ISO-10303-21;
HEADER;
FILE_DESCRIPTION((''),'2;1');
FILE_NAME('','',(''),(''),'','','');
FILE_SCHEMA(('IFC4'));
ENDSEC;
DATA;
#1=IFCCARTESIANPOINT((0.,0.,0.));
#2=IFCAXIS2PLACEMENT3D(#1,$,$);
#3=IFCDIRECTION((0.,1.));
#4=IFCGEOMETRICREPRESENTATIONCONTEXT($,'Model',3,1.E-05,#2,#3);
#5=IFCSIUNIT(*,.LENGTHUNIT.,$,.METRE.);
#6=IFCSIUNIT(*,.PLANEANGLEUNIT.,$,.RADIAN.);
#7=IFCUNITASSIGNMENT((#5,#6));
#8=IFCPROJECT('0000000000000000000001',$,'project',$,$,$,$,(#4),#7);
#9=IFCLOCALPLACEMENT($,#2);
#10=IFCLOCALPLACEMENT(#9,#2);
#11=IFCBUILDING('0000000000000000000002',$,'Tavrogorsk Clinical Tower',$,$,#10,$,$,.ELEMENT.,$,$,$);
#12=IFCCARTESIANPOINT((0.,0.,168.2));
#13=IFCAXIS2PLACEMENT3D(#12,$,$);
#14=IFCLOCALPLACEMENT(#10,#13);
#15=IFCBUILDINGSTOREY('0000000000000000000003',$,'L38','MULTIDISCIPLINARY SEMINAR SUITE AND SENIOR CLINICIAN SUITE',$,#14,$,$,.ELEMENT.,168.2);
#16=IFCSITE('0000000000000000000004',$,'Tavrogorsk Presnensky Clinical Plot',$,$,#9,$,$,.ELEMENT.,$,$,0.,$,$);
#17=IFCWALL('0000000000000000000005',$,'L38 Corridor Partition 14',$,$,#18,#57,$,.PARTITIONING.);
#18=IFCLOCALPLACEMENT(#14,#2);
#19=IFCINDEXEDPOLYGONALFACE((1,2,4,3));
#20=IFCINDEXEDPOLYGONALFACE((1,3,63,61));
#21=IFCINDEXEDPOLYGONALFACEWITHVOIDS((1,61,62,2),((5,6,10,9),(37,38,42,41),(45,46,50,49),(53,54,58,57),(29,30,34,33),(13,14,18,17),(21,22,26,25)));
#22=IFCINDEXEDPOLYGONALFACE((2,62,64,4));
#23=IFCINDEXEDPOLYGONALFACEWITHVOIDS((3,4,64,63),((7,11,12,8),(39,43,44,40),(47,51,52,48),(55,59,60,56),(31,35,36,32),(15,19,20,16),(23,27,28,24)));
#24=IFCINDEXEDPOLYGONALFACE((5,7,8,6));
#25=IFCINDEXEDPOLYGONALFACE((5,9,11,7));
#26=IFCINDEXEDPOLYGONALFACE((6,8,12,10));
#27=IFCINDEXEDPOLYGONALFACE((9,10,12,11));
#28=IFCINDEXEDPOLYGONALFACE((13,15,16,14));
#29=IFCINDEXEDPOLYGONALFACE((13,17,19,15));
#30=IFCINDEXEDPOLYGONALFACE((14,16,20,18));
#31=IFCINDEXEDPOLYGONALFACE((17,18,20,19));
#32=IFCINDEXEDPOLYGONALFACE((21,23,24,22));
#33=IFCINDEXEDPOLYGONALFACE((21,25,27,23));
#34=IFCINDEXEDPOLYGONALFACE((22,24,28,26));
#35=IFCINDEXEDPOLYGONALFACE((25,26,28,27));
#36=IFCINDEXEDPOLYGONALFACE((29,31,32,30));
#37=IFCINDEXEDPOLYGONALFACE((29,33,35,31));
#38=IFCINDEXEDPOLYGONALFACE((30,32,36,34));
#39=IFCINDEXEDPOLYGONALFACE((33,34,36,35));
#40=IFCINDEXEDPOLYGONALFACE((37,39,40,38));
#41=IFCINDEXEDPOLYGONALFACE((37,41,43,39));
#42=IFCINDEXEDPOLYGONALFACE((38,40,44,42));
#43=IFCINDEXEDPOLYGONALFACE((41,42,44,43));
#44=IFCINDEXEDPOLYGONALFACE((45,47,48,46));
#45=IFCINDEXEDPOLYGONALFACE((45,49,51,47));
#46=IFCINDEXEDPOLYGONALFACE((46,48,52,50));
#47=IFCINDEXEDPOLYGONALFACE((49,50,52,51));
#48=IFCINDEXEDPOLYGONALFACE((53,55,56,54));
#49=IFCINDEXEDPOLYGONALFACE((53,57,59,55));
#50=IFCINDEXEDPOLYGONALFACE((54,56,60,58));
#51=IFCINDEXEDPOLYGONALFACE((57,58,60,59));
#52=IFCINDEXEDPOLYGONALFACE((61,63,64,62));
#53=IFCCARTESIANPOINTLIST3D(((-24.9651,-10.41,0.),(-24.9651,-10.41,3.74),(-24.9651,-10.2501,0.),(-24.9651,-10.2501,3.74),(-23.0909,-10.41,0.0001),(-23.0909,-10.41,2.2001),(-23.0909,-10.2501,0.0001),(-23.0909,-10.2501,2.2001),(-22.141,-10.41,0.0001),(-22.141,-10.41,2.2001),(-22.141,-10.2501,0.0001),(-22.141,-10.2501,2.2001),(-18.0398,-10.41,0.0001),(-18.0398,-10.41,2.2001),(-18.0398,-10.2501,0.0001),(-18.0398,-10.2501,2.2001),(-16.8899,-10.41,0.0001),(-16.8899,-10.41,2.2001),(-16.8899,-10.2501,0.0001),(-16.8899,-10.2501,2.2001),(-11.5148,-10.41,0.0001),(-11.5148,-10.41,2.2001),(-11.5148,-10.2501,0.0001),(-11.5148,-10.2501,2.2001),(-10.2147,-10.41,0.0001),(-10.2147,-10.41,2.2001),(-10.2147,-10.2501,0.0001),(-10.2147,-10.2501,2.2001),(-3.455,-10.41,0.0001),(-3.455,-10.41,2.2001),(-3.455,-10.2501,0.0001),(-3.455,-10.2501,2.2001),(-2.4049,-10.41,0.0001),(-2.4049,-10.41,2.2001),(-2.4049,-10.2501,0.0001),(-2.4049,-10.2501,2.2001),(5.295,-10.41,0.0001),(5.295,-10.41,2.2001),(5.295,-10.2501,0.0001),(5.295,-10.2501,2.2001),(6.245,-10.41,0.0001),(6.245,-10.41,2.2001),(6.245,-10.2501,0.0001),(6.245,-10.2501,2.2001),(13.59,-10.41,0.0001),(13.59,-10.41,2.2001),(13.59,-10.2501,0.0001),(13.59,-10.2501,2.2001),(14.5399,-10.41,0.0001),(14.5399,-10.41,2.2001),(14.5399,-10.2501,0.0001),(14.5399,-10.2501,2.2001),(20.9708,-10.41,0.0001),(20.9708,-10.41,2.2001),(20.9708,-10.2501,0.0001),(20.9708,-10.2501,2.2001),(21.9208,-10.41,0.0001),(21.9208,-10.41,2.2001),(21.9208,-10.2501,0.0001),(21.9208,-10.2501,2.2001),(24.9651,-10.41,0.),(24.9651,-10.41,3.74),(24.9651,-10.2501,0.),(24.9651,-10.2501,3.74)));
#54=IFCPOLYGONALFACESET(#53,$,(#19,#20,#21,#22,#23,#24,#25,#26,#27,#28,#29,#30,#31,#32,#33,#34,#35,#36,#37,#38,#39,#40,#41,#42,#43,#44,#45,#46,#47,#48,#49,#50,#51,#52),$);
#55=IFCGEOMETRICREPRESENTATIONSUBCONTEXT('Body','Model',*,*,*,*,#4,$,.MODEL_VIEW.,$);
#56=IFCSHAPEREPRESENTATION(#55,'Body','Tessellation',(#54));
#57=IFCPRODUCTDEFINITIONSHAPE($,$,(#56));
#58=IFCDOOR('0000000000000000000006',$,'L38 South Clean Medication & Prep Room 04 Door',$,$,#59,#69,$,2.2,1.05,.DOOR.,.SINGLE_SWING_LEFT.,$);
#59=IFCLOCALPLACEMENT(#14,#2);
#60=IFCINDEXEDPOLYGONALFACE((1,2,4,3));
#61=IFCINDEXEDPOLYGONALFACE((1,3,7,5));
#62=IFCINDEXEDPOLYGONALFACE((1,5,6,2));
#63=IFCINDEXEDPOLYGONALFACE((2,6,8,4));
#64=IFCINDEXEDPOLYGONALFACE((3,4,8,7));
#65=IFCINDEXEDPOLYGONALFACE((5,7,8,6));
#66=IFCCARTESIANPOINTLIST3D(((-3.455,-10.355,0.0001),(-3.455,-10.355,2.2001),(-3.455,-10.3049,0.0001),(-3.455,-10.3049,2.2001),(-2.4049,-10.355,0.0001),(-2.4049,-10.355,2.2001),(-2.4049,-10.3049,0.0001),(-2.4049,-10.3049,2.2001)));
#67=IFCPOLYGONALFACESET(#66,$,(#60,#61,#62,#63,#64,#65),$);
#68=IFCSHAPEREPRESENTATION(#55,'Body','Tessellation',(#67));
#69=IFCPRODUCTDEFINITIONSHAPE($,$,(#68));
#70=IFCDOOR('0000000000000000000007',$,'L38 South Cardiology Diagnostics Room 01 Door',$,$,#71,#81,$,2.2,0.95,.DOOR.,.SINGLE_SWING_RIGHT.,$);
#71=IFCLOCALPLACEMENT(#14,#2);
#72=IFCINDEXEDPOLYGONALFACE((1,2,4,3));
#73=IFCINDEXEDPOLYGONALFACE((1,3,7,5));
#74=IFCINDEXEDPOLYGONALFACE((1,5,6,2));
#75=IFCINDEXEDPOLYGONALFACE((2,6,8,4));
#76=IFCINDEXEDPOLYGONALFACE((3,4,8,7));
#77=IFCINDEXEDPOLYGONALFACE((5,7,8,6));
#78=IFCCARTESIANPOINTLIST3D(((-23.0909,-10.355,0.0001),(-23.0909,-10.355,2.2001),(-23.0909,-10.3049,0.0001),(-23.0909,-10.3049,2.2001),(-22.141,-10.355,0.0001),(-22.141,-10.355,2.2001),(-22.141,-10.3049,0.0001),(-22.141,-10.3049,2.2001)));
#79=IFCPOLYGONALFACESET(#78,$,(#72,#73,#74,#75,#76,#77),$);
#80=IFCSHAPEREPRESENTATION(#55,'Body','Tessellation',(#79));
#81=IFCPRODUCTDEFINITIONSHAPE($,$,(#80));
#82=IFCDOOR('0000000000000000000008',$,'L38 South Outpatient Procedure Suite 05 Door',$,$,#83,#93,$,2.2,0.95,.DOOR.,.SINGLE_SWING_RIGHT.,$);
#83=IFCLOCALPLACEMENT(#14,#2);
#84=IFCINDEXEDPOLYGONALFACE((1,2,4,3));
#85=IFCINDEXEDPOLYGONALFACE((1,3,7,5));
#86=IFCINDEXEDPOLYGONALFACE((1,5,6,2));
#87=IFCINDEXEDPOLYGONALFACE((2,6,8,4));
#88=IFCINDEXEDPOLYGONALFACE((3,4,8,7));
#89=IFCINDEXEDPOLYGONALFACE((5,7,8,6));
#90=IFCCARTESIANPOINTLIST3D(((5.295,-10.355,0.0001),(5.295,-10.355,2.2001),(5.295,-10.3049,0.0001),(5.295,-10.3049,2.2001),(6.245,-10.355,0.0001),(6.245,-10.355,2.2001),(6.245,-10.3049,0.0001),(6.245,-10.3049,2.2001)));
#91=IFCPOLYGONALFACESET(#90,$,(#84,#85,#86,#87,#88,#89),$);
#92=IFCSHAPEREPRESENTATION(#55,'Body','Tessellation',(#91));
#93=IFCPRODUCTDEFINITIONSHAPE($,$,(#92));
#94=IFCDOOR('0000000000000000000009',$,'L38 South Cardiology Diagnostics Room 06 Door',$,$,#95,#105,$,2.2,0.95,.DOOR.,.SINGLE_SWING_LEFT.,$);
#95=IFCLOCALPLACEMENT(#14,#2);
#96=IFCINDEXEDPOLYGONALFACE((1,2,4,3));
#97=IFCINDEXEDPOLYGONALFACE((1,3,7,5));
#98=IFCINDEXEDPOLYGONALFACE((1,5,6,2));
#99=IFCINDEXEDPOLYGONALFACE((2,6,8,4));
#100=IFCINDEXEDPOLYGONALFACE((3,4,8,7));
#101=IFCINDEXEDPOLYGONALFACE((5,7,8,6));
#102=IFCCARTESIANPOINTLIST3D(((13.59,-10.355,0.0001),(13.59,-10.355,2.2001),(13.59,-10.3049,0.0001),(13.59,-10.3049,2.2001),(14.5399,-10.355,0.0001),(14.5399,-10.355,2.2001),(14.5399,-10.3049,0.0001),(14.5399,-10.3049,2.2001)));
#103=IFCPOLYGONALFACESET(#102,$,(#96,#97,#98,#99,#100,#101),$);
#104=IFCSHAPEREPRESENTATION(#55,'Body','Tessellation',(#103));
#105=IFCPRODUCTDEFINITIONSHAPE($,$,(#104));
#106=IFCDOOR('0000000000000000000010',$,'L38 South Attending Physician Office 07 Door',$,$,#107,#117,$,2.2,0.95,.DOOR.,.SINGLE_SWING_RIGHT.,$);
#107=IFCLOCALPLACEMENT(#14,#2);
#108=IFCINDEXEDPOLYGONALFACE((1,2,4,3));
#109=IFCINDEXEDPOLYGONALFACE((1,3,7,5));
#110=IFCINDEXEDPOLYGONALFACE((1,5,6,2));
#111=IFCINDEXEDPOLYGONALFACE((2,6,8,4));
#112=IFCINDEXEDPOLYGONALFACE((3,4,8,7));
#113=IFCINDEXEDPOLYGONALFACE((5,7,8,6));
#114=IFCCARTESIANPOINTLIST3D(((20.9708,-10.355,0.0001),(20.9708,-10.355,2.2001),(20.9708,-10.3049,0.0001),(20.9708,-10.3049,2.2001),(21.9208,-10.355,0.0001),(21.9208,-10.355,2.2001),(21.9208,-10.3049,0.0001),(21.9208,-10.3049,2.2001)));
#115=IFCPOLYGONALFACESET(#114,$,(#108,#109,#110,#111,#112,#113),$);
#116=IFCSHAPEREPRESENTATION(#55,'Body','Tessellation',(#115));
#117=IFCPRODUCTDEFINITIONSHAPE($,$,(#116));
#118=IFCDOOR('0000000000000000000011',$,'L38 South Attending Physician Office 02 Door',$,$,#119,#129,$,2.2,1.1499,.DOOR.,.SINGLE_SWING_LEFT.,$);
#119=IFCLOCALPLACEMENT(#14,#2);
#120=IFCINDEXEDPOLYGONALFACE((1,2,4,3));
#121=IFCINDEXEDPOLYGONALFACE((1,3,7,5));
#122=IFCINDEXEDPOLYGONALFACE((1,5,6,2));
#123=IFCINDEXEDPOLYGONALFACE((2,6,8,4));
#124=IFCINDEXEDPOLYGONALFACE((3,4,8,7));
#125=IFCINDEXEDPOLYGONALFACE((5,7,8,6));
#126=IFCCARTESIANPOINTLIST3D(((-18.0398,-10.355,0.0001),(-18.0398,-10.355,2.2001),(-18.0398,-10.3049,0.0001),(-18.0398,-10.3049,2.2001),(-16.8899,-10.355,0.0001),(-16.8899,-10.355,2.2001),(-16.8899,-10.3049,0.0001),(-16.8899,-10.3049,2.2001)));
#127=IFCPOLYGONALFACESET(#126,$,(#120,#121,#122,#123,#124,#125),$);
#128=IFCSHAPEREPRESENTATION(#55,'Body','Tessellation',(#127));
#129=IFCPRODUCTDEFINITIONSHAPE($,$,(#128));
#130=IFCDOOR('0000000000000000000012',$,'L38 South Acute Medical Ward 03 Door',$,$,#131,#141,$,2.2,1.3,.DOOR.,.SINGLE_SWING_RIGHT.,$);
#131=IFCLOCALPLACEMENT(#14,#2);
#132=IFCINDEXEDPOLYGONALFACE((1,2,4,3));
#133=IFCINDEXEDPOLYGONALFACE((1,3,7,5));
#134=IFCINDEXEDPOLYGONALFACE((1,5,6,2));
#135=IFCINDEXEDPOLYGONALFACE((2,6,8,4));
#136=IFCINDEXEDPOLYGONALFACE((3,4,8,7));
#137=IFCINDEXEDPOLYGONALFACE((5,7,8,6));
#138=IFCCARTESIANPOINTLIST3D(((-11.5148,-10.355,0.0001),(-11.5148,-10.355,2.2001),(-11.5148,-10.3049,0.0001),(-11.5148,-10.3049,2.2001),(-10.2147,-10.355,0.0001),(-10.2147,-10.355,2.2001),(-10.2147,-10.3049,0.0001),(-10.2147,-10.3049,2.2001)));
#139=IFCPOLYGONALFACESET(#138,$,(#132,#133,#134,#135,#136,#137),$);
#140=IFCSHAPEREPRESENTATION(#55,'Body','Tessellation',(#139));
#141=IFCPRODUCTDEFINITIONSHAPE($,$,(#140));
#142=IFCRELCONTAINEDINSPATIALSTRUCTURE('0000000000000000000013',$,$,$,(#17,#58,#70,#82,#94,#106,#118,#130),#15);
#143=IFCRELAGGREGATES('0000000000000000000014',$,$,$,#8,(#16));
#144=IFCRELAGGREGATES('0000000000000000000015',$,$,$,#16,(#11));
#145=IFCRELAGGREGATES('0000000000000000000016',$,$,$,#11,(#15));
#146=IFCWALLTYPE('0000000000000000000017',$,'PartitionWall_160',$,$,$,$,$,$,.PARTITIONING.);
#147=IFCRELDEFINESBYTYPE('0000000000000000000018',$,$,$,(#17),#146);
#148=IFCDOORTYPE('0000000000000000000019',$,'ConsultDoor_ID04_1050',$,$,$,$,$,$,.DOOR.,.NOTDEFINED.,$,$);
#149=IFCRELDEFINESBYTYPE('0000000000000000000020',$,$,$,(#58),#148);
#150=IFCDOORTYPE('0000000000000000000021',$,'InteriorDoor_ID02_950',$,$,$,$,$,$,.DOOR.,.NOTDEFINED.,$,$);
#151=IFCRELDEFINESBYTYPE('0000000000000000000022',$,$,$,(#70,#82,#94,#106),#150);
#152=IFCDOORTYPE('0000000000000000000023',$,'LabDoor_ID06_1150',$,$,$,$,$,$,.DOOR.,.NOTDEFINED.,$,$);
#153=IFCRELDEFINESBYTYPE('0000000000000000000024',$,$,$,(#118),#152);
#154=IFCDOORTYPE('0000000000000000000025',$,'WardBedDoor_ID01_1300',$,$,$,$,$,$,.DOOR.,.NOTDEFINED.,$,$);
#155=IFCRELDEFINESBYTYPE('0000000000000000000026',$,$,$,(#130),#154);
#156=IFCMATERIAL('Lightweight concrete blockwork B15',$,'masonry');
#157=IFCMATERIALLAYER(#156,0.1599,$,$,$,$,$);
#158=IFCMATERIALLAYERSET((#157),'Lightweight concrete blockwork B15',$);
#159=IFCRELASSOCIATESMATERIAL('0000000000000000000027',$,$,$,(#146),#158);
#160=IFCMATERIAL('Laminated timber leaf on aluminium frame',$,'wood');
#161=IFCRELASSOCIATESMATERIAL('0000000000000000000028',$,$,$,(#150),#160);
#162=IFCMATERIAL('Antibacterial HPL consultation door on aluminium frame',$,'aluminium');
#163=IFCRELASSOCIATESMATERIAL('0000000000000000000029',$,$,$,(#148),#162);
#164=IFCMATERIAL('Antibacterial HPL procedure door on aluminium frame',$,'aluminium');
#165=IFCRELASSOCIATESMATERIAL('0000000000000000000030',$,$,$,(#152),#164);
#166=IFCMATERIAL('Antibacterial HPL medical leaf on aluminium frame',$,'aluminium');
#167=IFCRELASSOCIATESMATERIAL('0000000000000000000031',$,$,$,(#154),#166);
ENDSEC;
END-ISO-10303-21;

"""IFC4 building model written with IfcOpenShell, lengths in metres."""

from ifc_helpers import new_model, si_unit, direction, frame, frame_2d, origin, place, context, subcontext, project, spatial, rectangle, extrude, material, layer, layer_set, type_object, element, fill, save


model = new_model("IFC4")

# Units and contexts
model_context = context("Model", 3, precision=1e-05, world=origin(), true_north=direction((0.0, 1.0)))
body_context = subcontext(model_context, "Body", "Model", "MODEL_VIEW")
ifc_project = project(units=[si_unit("LENGTHUNIT", "METRE"), si_unit("PLANEANGLEUNIT", "RADIAN")], contexts=[model_context])

# Site, building, storey
site_placement = place(None, origin())
site = spatial("IfcSite", under=ifc_project, at=site_placement, Name="Tavrogorsk Presnensky Clinical Plot", CompositionType="ELEMENT", RefElevation=0.0)
building_placement = place(site_placement, origin())
building = spatial("IfcBuilding", under=site, at=building_placement, Name="Tavrogorsk Clinical Tower", CompositionType="ELEMENT")
storey_placement = place(building_placement, frame((0.0, 0.0, 168.2)))
storey = spatial("IfcBuildingStorey", under=building, at=storey_placement, Name="L38", Description="MULTIDISCIPLINARY SEMINAR SUITE AND SENIOR CLINICIAN SUITE", CompositionType="ELEMENT", Elevation=168.2)

# Shared definitions
ifc_material_1 = material(Name="Lightweight concrete blockwork B15", Category="masonry")
ifc_layer = layer(ifc_material_1, 0.1599)
ifc_layer_set = layer_set([ifc_layer], Name="Lightweight concrete blockwork B15")
wall_type = type_object("IfcWallType", Name="PartitionWall_160", PredefinedType="PARTITIONING", material=ifc_layer_set)
ifc_material_2 = material(Name="Laminated timber leaf on aluminium frame", Category="wood")
door_type_1 = type_object("IfcDoorType", Name="InteriorDoor_ID02_950", OperationType="NOTDEFINED", PredefinedType="DOOR", material=ifc_material_2)

# Wall, openings, doors
wall_1_placement = place(storey_placement, frame((24.9651, -10.3301, 0.0), z_axis=(0.0, 0.0, 1.0), x_axis=(-1.0, 0.0, 0.0)))
wall_1 = element("IfcWall", 1, at=wall_1_placement, inside=storey, type_object=wall_type, Name="L38 Corridor Partition 14", PredefinedType="PARTITIONING", context=body_context, shape_type="SweptSolid", body=[
    extrude(rectangle(XDim=49.9302, YDim=0.1599, at=frame_2d((24.9651, 0.0))), origin(), (0.0, 0.0, 1.0), 3.74),
])
opening_1_placement = place(wall_1_placement, frame((47.106, 0.0, 0.0)))
opening_1 = element("IfcOpeningElement", 2, at=opening_1_placement, cuts=wall_1, PredefinedType="OPENING", context=body_context, shape_type="SweptSolid", body=[
    extrude(rectangle(XDim=0.95, YDim=2.2, at=frame_2d((0.4751, 1.1001))), frame((0.0, 0.0898, 0.0), z_axis=(0.0, -1.0, 0.0), x_axis=(1.0, 0.0, 0.0)), (0.0, 0.0, 1.0), 0.1799),
])
opening_2_placement = place(wall_1_placement, frame((41.855, 0.0, 0.0)))
opening_2 = element("IfcOpeningElement", 3, at=opening_2_placement, cuts=wall_1, PredefinedType="OPENING", context=body_context, shape_type="SweptSolid", body=[
    extrude(rectangle(XDim=1.1499, YDim=2.2, at=frame_2d((0.575, 1.1001))), frame((0.0, 0.0898, 0.0), z_axis=(0.0, -1.0, 0.0), x_axis=(1.0, 0.0, 0.0)), (0.0, 0.0, 1.0), 0.1799),
])
opening_3_placement = place(wall_1_placement, frame((35.1799, 0.0, 0.0)))
opening_3 = element("IfcOpeningElement", 4, at=opening_3_placement, cuts=wall_1, PredefinedType="OPENING", context=body_context, shape_type="SweptSolid", body=[
    extrude(rectangle(XDim=1.3, YDim=2.2, at=frame_2d((0.6499, 1.1001))), frame((0.0, 0.0898, 0.0), z_axis=(0.0, -1.0, 0.0), x_axis=(1.0, 0.0, 0.0)), (0.0, 0.0, 1.0), 0.1799),
])
opening_4_placement = place(wall_1_placement, frame((27.3701, 0.0, 0.0)))
opening_4 = element("IfcOpeningElement", 5, at=opening_4_placement, cuts=wall_1, PredefinedType="OPENING", context=body_context, shape_type="SweptSolid", body=[
    extrude(rectangle(XDim=1.05, YDim=2.2, at=frame_2d((0.5249, 1.1001))), frame((0.0, 0.0898, 0.0), z_axis=(0.0, -1.0, 0.0), x_axis=(1.0, 0.0, 0.0)), (0.0, 0.0, 1.0), 0.1799),
])
opening_5_placement = place(wall_1_placement, frame((18.72, 0.0, 0.0)))
opening_5 = element("IfcOpeningElement", 6, at=opening_5_placement, cuts=wall_1, PredefinedType="OPENING", context=body_context, shape_type="SweptSolid", body=[
    extrude(rectangle(XDim=0.95, YDim=2.2, at=frame_2d((0.4751, 1.1001))), frame((0.0, 0.0898, 0.0), z_axis=(0.0, -1.0, 0.0), x_axis=(1.0, 0.0, 0.0)), (0.0, 0.0, 1.0), 0.1799),
])
opening_6_placement = place(wall_1_placement, frame((10.425, 0.0, 0.0)))
opening_6 = element("IfcOpeningElement", 7, at=opening_6_placement, cuts=wall_1, PredefinedType="OPENING", context=body_context, shape_type="SweptSolid", body=[
    extrude(rectangle(XDim=0.95, YDim=2.2, at=frame_2d((0.4751, 1.1001))), frame((0.0, 0.0898, 0.0), z_axis=(0.0, -1.0, 0.0), x_axis=(1.0, 0.0, 0.0)), (0.0, 0.0, 1.0), 0.1799),
])
opening_7_placement = place(wall_1_placement, frame((3.0442, 0.0, 0.0)))
opening_7 = element("IfcOpeningElement", 8, at=opening_7_placement, cuts=wall_1, PredefinedType="OPENING", context=body_context, shape_type="SweptSolid", body=[
    extrude(rectangle(XDim=0.95, YDim=2.2, at=frame_2d((0.4751, 1.1001))), frame((0.0, 0.0898, 0.0), z_axis=(0.0, -1.0, 0.0), x_axis=(1.0, 0.0, 0.0)), (0.0, 0.0, 1.0), 0.1799),
])
ifc_material_3 = material(Name="Antibacterial HPL consultation door on aluminium frame", Category="aluminium")
door_type_2 = type_object("IfcDoorType", Name="ConsultDoor_ID04_1050", OperationType="NOTDEFINED", PredefinedType="DOOR", material=ifc_material_3)
door_1_placement = place(opening_4_placement, origin())
door_1 = element("IfcDoor", 9, at=door_1_placement, inside=storey, type_object=door_type_2, Name="L38 South Clean Medication & Prep Room 04 Door", OperationType="SINGLE_SWING_LEFT", OverallHeight=2.2, OverallWidth=1.05, PredefinedType="DOOR", context=body_context, shape_type="SweptSolid", body=[
    extrude(rectangle(XDim=1.05, YDim=2.2, at=frame_2d((0.5249, 1.1001))), frame((0.0, 0.0249, 0.0), z_axis=(0.0, -1.0, 0.0), x_axis=(1.0, 0.0, 0.0)), (0.0, 0.0, 1.0), 0.05),
])
fill(opening_4, door_1)
door_2_placement = place(opening_1_placement, origin())
door_2 = element("IfcDoor", 10, at=door_2_placement, inside=storey, type_object=door_type_1, Name="L38 South Cardiology Diagnostics Room 01 Door", OperationType="SINGLE_SWING_RIGHT", OverallHeight=2.2, OverallWidth=0.95, PredefinedType="DOOR", context=body_context, shape_type="SweptSolid", body=[
    extrude(rectangle(XDim=0.95, YDim=2.2, at=frame_2d((0.4751, 1.1001))), frame((0.0, 0.0249, 0.0), z_axis=(0.0, -1.0, 0.0), x_axis=(1.0, 0.0, 0.0)), (0.0, 0.0, 1.0), 0.05),
])
fill(opening_1, door_2)
door_3_placement = place(opening_5_placement, origin())
door_3 = element("IfcDoor", 11, at=door_3_placement, inside=storey, type_object=door_type_1, Name="L38 South Outpatient Procedure Suite 05 Door", OperationType="SINGLE_SWING_RIGHT", OverallHeight=2.2, OverallWidth=0.95, PredefinedType="DOOR", context=body_context, shape_type="SweptSolid", body=[
    extrude(rectangle(XDim=0.95, YDim=2.2, at=frame_2d((0.4751, 1.1001))), frame((0.0, 0.0249, 0.0), z_axis=(0.0, -1.0, 0.0), x_axis=(1.0, 0.0, 0.0)), (0.0, 0.0, 1.0), 0.05),
])
fill(opening_5, door_3)
door_4_placement = place(opening_6_placement, origin())
door_4 = element("IfcDoor", 12, at=door_4_placement, inside=storey, type_object=door_type_1, Name="L38 South Cardiology Diagnostics Room 06 Door", OperationType="SINGLE_SWING_LEFT", OverallHeight=2.2, OverallWidth=0.95, PredefinedType="DOOR", context=body_context, shape_type="SweptSolid", body=[
    extrude(rectangle(XDim=0.95, YDim=2.2, at=frame_2d((0.4751, 1.1001))), frame((0.0, 0.0249, 0.0), z_axis=(0.0, -1.0, 0.0), x_axis=(1.0, 0.0, 0.0)), (0.0, 0.0, 1.0), 0.05),
])
fill(opening_6, door_4)
door_5_placement = place(opening_7_placement, origin())
door_5 = element("IfcDoor", 13, at=door_5_placement, inside=storey, type_object=door_type_1, Name="L38 South Attending Physician Office 07 Door", OperationType="SINGLE_SWING_RIGHT", OverallHeight=2.2, OverallWidth=0.95, PredefinedType="DOOR", context=body_context, shape_type="SweptSolid", body=[
    extrude(rectangle(XDim=0.95, YDim=2.2, at=frame_2d((0.4751, 1.1001))), frame((0.0, 0.0249, 0.0), z_axis=(0.0, -1.0, 0.0), x_axis=(1.0, 0.0, 0.0)), (0.0, 0.0, 1.0), 0.05),
])
fill(opening_7, door_5)
ifc_material_4 = material(Name="Antibacterial HPL procedure door on aluminium frame", Category="aluminium")
door_type_3 = type_object("IfcDoorType", Name="LabDoor_ID06_1150", OperationType="NOTDEFINED", PredefinedType="DOOR", material=ifc_material_4)
door_6_placement = place(opening_2_placement, origin())
door_6 = element("IfcDoor", 14, at=door_6_placement, inside=storey, type_object=door_type_3, Name="L38 South Attending Physician Office 02 Door", OperationType="SINGLE_SWING_LEFT", OverallHeight=2.2, OverallWidth=1.1499, PredefinedType="DOOR", context=body_context, shape_type="SweptSolid", body=[
    extrude(rectangle(XDim=1.1499, YDim=2.2, at=frame_2d((0.575, 1.1001))), frame((0.0, 0.0249, 0.0), z_axis=(0.0, -1.0, 0.0), x_axis=(1.0, 0.0, 0.0)), (0.0, 0.0, 1.0), 0.05),
])
fill(opening_2, door_6)
ifc_material_5 = material(Name="Antibacterial HPL medical leaf on aluminium frame", Category="aluminium")
door_type_4 = type_object("IfcDoorType", Name="WardBedDoor_ID01_1300", OperationType="NOTDEFINED", PredefinedType="DOOR", material=ifc_material_5)
door_7_placement = place(opening_3_placement, origin())
door_7 = element("IfcDoor", 15, at=door_7_placement, inside=storey, type_object=door_type_4, Name="L38 South Acute Medical Ward 03 Door", OperationType="SINGLE_SWING_RIGHT", OverallHeight=2.2, OverallWidth=1.3, PredefinedType="DOOR", context=body_context, shape_type="SweptSolid", body=[
    extrude(rectangle(XDim=1.3, YDim=2.2, at=frame_2d((0.6499, 1.1001))), frame((0.0, 0.0249, 0.0), z_axis=(0.0, -1.0, 0.0), x_axis=(1.0, 0.0, 0.0)), (0.0, 0.0, 1.0), 0.05),
])
fill(opening_3, door_7)

save(model, "model.ifc")
